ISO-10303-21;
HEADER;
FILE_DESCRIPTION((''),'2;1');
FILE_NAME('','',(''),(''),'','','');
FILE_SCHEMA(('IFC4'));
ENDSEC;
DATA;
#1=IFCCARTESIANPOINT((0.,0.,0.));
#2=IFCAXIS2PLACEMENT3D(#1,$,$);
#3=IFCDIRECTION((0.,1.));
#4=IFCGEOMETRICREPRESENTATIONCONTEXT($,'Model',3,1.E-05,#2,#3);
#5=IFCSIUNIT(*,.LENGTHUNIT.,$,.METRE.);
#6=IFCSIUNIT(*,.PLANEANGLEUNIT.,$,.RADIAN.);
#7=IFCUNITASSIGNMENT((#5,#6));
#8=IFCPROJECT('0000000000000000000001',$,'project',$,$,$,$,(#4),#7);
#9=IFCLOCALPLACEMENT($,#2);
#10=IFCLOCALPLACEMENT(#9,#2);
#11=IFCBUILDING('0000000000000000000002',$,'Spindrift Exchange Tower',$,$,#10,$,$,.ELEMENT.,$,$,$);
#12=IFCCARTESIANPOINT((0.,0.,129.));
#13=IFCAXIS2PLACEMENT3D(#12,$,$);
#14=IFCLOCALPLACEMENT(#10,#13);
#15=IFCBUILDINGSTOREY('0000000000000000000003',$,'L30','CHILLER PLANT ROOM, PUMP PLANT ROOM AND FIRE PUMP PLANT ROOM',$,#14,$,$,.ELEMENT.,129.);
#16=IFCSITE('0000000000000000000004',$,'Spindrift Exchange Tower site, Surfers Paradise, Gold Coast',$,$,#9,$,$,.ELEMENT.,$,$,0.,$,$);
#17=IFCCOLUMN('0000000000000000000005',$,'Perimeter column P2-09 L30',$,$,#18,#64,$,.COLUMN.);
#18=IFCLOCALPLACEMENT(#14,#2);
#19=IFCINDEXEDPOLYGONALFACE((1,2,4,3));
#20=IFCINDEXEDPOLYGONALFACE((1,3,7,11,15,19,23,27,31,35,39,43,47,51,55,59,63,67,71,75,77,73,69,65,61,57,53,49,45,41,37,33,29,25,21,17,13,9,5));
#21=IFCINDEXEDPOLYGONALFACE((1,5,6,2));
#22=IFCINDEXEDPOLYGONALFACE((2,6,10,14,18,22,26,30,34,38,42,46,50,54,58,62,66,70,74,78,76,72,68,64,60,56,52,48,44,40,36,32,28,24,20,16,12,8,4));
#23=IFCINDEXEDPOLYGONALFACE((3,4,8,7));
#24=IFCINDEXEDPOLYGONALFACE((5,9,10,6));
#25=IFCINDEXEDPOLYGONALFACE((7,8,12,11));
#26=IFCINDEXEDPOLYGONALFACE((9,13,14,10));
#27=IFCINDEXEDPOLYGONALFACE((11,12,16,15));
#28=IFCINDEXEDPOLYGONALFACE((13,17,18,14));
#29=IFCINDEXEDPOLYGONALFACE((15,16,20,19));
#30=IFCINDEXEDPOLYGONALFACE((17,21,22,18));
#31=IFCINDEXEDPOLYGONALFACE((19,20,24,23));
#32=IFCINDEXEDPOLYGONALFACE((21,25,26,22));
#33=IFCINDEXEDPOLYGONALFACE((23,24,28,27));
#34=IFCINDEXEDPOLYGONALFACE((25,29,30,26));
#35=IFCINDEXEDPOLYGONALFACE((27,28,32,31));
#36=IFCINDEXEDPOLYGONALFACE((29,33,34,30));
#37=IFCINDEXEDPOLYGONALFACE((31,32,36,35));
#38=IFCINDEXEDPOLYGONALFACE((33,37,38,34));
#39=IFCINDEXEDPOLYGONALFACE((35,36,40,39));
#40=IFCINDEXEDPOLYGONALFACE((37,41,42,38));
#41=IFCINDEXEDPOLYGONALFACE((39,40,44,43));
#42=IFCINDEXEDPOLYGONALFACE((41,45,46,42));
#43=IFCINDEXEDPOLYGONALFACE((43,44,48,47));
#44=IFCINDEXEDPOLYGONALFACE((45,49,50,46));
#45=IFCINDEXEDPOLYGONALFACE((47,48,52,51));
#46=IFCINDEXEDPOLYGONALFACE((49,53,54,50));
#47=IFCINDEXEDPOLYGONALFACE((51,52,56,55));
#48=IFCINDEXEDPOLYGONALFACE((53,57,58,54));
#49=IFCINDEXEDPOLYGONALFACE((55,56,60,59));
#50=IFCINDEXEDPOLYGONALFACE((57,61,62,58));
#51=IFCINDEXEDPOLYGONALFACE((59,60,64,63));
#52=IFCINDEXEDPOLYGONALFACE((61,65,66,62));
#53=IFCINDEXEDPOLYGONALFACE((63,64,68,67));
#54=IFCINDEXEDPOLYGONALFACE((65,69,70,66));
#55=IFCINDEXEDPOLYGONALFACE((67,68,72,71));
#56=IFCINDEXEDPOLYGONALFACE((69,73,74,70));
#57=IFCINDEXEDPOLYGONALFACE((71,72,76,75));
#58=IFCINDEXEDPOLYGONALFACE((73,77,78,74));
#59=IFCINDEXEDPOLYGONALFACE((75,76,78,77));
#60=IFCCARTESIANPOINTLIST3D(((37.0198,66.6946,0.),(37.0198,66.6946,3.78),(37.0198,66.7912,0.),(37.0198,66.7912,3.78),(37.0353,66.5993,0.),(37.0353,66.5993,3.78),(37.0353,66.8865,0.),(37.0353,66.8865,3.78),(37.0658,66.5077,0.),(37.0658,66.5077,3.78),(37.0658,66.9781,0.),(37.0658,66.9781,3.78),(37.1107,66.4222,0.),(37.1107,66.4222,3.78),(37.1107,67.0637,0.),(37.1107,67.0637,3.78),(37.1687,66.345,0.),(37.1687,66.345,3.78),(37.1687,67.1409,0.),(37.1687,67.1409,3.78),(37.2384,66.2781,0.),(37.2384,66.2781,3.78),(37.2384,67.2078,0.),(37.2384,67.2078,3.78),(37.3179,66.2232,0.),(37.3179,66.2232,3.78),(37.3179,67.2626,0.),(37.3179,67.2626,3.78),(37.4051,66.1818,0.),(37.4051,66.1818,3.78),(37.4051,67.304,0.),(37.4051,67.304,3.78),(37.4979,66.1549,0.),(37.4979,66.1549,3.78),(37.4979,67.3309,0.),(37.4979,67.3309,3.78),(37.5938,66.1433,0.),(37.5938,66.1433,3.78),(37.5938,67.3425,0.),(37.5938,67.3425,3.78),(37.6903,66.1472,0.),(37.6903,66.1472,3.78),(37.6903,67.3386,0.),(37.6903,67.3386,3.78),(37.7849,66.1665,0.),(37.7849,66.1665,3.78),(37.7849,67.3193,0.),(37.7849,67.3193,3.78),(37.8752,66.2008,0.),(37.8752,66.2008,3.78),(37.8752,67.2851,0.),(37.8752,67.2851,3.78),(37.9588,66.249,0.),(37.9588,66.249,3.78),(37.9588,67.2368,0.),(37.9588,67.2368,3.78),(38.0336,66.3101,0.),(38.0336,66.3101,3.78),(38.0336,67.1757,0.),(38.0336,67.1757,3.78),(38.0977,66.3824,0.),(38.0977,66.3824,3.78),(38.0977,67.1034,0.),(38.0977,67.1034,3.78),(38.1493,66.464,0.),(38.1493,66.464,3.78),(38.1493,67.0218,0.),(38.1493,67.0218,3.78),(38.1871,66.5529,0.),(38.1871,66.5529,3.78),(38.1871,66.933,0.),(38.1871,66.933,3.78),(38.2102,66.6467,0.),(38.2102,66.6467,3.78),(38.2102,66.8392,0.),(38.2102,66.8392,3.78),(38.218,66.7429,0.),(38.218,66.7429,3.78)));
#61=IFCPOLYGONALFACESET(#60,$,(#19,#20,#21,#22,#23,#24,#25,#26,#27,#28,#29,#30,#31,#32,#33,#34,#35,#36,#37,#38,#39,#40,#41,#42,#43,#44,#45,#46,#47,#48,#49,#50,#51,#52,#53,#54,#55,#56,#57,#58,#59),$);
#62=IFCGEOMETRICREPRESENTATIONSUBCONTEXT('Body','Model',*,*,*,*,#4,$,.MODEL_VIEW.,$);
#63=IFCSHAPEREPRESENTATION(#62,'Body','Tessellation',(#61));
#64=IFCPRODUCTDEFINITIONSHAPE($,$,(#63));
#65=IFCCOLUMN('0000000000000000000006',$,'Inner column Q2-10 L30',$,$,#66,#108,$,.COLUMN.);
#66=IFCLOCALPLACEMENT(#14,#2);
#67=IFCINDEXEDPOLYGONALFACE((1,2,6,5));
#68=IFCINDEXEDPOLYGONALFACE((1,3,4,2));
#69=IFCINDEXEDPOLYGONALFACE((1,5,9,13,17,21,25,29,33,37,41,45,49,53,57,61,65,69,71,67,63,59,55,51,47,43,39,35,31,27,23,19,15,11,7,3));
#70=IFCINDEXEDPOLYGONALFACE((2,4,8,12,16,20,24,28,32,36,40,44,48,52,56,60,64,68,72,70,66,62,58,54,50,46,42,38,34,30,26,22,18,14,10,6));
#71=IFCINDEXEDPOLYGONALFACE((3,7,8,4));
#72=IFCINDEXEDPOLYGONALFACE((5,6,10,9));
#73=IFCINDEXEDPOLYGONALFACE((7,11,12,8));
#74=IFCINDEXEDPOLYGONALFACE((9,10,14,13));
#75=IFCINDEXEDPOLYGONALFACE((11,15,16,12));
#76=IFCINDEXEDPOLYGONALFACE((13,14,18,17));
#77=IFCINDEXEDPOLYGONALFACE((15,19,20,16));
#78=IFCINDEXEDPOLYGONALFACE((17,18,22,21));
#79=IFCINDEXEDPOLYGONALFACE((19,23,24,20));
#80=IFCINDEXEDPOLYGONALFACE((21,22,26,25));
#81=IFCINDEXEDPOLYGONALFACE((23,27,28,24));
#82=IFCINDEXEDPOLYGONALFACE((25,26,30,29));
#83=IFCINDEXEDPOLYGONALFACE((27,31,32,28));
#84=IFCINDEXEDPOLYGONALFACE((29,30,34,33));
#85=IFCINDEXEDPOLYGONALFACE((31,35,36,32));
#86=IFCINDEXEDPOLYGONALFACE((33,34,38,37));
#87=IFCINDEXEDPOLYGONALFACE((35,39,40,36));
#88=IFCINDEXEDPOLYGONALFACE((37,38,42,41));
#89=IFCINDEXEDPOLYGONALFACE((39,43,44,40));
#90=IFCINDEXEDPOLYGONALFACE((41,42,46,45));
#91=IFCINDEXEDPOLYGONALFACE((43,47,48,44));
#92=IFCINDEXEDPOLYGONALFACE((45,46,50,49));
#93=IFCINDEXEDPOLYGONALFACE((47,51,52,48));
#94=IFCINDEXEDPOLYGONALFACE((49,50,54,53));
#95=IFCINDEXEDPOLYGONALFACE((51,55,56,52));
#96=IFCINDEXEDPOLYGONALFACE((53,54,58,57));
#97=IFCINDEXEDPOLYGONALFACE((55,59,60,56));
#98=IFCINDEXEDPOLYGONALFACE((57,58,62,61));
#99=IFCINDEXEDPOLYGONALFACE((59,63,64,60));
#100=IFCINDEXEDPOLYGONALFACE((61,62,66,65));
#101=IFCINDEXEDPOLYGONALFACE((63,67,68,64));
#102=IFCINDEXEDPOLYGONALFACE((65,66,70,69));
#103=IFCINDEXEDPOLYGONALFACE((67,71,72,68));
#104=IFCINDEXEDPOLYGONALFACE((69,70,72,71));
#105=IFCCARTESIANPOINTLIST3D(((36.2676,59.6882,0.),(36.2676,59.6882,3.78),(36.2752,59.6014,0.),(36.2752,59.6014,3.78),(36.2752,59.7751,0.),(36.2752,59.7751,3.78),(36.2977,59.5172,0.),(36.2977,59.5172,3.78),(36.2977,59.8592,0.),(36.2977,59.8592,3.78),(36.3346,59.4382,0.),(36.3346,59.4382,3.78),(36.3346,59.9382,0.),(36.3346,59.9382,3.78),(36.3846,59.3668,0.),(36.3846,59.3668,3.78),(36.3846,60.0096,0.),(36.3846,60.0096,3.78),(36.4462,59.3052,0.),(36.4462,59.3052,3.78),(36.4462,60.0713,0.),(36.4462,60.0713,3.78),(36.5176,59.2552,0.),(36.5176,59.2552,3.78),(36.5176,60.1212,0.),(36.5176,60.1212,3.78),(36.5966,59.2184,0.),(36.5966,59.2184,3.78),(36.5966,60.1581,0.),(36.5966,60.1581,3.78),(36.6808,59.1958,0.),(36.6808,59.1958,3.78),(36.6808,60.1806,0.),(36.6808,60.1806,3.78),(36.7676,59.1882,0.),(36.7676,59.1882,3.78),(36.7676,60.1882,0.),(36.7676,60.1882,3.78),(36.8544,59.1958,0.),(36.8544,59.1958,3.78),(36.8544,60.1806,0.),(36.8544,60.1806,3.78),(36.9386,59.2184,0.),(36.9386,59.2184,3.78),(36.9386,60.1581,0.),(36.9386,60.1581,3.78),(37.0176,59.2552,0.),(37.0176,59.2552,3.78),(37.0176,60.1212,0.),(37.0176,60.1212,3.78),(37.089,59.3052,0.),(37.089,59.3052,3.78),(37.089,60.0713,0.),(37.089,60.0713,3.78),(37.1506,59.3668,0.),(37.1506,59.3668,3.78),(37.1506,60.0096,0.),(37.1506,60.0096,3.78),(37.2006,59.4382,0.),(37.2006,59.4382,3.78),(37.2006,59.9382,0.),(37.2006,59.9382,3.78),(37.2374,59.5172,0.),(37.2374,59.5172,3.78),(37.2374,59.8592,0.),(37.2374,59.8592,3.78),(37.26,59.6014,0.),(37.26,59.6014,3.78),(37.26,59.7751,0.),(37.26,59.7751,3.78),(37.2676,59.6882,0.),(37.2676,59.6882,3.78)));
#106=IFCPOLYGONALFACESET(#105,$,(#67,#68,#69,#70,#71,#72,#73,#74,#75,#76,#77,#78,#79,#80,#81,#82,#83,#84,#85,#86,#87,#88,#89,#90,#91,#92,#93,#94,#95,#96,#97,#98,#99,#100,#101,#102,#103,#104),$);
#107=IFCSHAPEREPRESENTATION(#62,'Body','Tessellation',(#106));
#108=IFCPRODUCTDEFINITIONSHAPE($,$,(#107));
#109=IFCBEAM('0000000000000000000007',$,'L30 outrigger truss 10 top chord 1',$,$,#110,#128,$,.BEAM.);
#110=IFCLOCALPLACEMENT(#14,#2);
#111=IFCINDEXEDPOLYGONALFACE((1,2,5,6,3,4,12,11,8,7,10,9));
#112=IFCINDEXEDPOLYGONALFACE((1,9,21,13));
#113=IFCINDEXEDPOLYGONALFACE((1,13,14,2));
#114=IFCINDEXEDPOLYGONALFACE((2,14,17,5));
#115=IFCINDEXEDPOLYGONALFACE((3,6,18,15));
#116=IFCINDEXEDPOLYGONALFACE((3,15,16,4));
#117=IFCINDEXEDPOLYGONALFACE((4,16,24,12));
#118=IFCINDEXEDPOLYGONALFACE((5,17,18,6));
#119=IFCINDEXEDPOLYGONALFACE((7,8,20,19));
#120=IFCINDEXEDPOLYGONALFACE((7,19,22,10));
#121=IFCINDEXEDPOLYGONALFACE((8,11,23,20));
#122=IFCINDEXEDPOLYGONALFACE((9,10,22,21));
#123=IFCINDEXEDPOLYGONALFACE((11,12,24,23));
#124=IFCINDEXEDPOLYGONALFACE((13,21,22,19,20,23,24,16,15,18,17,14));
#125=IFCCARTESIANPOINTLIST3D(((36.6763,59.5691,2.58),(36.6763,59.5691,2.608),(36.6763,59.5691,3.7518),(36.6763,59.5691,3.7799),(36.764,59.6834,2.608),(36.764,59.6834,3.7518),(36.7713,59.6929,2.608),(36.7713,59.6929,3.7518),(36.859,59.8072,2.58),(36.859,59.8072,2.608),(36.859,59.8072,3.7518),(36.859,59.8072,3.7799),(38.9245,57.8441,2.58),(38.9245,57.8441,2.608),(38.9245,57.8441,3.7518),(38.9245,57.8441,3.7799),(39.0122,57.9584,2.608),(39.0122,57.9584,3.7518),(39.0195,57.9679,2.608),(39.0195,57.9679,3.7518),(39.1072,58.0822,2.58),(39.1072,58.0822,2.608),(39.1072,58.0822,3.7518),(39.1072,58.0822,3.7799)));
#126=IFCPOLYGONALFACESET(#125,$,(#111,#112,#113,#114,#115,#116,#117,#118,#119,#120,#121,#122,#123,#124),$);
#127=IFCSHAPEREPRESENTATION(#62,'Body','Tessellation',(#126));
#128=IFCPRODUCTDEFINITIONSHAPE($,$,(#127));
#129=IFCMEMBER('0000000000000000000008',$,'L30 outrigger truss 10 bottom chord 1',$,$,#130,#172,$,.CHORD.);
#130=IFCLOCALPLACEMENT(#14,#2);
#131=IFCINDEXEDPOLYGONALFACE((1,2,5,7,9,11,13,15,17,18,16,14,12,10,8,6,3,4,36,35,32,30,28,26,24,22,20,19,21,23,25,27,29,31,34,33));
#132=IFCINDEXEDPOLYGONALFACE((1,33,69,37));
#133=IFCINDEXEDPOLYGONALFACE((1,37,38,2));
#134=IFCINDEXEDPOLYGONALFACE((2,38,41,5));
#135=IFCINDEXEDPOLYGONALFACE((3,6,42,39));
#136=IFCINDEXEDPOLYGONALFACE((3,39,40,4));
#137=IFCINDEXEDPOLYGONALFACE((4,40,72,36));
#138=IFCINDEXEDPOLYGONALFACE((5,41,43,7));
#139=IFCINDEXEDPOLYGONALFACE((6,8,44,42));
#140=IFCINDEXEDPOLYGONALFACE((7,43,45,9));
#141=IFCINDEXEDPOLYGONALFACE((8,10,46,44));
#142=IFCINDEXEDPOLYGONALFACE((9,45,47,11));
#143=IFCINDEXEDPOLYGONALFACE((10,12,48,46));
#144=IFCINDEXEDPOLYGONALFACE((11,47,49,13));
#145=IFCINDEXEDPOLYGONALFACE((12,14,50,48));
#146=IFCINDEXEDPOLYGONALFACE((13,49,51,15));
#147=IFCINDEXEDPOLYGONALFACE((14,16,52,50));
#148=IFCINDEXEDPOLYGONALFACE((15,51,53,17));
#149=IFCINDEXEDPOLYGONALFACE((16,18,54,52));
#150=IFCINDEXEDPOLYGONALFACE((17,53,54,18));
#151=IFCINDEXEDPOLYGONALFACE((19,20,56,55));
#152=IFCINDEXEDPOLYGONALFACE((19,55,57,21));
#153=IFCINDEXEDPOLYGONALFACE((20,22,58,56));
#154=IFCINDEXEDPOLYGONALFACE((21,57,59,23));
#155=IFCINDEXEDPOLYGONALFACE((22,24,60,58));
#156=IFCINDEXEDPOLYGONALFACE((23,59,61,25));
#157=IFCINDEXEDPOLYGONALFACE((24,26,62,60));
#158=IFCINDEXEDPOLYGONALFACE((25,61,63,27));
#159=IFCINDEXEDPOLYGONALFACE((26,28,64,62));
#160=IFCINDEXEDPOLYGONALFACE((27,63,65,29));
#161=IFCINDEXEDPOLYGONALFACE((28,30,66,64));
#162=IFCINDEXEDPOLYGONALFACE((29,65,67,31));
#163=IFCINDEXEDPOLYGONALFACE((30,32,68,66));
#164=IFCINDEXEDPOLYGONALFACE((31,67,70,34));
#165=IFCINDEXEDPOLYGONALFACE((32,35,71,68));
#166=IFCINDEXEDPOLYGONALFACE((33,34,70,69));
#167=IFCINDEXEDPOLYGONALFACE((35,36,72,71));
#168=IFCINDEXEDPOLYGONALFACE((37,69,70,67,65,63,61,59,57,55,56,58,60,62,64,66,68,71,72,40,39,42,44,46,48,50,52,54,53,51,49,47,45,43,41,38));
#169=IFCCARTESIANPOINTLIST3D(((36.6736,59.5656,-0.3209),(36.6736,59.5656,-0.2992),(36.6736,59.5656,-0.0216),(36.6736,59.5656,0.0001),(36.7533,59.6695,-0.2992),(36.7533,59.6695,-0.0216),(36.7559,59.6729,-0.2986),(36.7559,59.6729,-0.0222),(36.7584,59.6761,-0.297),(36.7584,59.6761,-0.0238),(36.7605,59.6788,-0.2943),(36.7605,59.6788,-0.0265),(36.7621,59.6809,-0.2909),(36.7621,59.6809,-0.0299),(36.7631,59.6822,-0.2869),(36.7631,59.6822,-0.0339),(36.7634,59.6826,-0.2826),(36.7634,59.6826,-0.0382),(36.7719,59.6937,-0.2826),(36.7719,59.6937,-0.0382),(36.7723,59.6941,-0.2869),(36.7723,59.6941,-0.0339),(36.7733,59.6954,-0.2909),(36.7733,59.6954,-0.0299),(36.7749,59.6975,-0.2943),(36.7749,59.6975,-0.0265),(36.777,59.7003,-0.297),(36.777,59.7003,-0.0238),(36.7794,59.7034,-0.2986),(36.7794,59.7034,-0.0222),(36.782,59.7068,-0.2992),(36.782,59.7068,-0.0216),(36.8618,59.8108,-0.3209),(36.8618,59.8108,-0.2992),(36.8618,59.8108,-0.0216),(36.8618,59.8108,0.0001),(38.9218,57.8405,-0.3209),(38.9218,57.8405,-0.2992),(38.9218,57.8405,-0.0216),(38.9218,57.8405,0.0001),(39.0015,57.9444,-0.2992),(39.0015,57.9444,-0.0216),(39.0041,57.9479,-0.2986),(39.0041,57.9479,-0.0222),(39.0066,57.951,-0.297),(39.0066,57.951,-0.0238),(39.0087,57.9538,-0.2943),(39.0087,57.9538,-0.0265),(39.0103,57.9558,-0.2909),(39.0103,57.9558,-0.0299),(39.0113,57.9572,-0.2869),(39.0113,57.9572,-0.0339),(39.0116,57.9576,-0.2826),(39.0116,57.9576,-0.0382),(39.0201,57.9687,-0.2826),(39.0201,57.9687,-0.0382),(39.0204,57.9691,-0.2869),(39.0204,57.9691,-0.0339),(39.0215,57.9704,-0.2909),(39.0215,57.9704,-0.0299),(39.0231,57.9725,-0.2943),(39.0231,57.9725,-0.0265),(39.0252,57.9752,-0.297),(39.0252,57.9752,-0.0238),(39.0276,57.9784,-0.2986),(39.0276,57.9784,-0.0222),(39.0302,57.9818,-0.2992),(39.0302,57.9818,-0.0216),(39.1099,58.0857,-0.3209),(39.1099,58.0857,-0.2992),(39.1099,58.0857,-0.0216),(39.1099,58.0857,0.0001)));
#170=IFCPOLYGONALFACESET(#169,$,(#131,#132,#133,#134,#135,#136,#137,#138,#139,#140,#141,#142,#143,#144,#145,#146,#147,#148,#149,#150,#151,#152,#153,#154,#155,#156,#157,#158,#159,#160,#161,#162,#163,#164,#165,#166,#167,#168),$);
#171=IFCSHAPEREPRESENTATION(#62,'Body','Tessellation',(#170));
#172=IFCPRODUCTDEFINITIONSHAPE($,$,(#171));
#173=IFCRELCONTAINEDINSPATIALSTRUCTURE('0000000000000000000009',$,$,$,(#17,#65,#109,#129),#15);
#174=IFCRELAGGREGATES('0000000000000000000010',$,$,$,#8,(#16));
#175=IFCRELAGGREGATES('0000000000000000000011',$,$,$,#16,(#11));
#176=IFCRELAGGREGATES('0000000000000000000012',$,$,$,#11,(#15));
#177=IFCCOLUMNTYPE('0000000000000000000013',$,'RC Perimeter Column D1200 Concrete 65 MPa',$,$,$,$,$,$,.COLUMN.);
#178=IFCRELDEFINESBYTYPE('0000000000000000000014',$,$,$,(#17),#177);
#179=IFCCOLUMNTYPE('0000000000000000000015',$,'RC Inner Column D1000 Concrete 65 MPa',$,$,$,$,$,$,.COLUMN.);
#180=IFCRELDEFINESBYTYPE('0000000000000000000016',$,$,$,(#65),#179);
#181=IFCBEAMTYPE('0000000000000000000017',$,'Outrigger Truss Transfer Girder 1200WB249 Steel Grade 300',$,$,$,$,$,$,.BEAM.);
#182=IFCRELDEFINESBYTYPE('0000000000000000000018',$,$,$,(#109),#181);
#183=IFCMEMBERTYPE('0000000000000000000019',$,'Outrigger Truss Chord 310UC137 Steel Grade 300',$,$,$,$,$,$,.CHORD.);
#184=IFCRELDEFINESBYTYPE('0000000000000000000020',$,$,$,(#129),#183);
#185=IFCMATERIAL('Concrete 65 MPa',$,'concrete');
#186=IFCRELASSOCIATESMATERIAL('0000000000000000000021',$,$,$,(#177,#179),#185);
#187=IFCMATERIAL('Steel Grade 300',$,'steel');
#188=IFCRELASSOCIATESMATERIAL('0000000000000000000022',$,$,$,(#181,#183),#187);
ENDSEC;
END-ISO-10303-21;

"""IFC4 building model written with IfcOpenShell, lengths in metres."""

from ifc_helpers import new_model, si_unit, direction, frame, origin, origin_2d, place, context, subcontext, project, spatial, circle, i_section, extrude, source, transform, mapped, material, material_profile, profile_set, type_object, element, save


model = new_model("IFC4")

# Units and contexts
model_context = context("Model", 3, precision=1e-05, world=origin(), true_north=direction((0.0, 1.0)))
body_context = subcontext(model_context, "Body", "Model", "MODEL_VIEW")
ifc_project = project(units=[si_unit("LENGTHUNIT", "METRE"), si_unit("PLANEANGLEUNIT", "RADIAN")], contexts=[model_context])

# Site, building, storey
site_placement = place(None, origin())
site = spatial("IfcSite", under=ifc_project, at=site_placement, Name="Spindrift Exchange Tower site, Surfers Paradise, Gold Coast", CompositionType="ELEMENT", RefElevation=0.0)
building_placement = place(site_placement, origin())
building = spatial("IfcBuilding", under=site, at=building_placement, Name="Spindrift Exchange Tower", CompositionType="ELEMENT")
storey_placement = place(building_placement, frame((0.0, 0.0, 129.0)))
storey = spatial("IfcBuildingStorey", under=building, at=storey_placement, Name="L30", Description="CHILLER PLANT ROOM, PUMP PLANT ROOM AND FIRE PUMP PLANT ROOM", CompositionType="ELEMENT", Elevation=129.0)

# Columns
ifc_material_1 = material(Name="Concrete 65 MPa", Category="concrete")
ifc_material_profile_1 = material_profile(ifc_material_1, circle(Radius=0.6001, at=origin_2d()), Name="RC D1200")
ifc_profile_set_1 = profile_set([ifc_material_profile_1], Name="Concrete 65 MPa")
column_type_1 = type_object("IfcColumnType", Name="RC Perimeter Column D1200 Concrete 65 MPa", PredefinedType="COLUMN", material=ifc_profile_set_1)
shared_shape_1 = source(origin(), body_context, "Body", "SweptSolid", [
    extrude(circle(Radius=0.6001, at=origin_2d()), origin(), (0.0, 0.0, 1.0), 3.78),
])
column_1_placement = place(storey_placement, frame((37.6179, 66.7429, 0.0), z_axis=(0.0, 0.0, 1.0), x_axis=(1.0, 0.0, 0.0)))
element("IfcColumn", 1, at=column_1_placement, inside=storey, type_object=column_type_1, Name="Perimeter column P2-09 L30", PredefinedType="COLUMN", context=body_context, shape_type="MappedRepresentation", body=[
    mapped(shared_shape_1, transform((0.0, 0.0, 0.0), scale=1.0)),
])
ifc_material_profile_2 = material_profile(ifc_material_1, circle(Radius=0.5, at=origin_2d()), Name="RC D1000")
ifc_profile_set_2 = profile_set([ifc_material_profile_2], Name="Concrete 65 MPa")
column_type_2 = type_object("IfcColumnType", Name="RC Inner Column D1000 Concrete 65 MPa", PredefinedType="COLUMN", material=ifc_profile_set_2)
shared_shape_2 = source(origin(), body_context, "Body", "SweptSolid", [
    extrude(circle(Radius=0.5, at=origin_2d()), origin(), (0.0, 0.0, 1.0), 3.78),
])
column_2_placement = place(storey_placement, frame((36.7676, 59.6882, 0.0), z_axis=(0.0, 0.0, 1.0), x_axis=(1.0, 0.0, 0.0)))
element("IfcColumn", 2, at=column_2_placement, inside=storey, type_object=column_type_2, Name="Inner column Q2-10 L30", PredefinedType="COLUMN", context=body_context, shape_type="MappedRepresentation", body=[
    mapped(shared_shape_2, transform((0.0, 0.0, 0.0), scale=1.0)),
])

# Beam
ifc_material_2 = material(Name="Steel Grade 300", Category="steel")
ifc_material_profile_3 = material_profile(ifc_material_2, i_section(OverallWidth=0.3, OverallDepth=1.2, WebThickness=0.012, FlangeThickness=0.0281, at=origin_2d()), Name="1200WB249")
ifc_profile_set_3 = profile_set([ifc_material_profile_3], Name="Steel Grade 300")
beam_type_1 = type_object("IfcBeamType", Name="Outrigger Truss Transfer Girder 1200WB249 Steel Grade 300", PredefinedType="BEAM", material=ifc_profile_set_3)
shared_shape_3 = source(origin(), body_context, "Body", "SweptSolid", [
    extrude(i_section(OverallWidth=0.3, OverallDepth=1.2, WebThickness=0.012, FlangeThickness=0.0281, at=origin_2d()), origin(), (0.0, 0.0, 1.0), 2.8337),
])
beam_1_placement = place(storey_placement, frame((39.0159, 57.9631, 3.1799), z_axis=(-0.793366, 0.608744, 0.0), x_axis=(-0.608744, -0.793366, 0.0)))
element("IfcBeam", 3, at=beam_1_placement, inside=storey, type_object=beam_type_1, Name="L30 outrigger truss 10 top chord 1", PredefinedType="BEAM", context=body_context, shape_type="MappedRepresentation", body=[
    mapped(shared_shape_3, transform((0.0, 0.0, 0.0), scale=1.0)),
])

# Member
ifc_material_profile_4 = material_profile(ifc_material_2, i_section(OverallWidth=0.3091, OverallDepth=0.321, WebThickness=0.0139, FlangeThickness=0.0217, FilletRadius=0.0166, at=origin_2d()), Name="310UC137")
ifc_profile_set_4 = profile_set([ifc_material_profile_4], Name="Steel Grade 300")
member_type_1 = type_object("IfcMemberType", Name="Outrigger Truss Chord 310UC137 Steel Grade 300", PredefinedType="CHORD", material=ifc_profile_set_4)
shared_shape_4 = source(origin(), body_context, "Body", "SweptSolid", [
    extrude(i_section(OverallWidth=0.3091, OverallDepth=0.321, WebThickness=0.0139, FlangeThickness=0.0217, FilletRadius=0.0166, at=origin_2d()), origin(), (0.0, 0.0, 1.0), 2.8337),
])
member_1_placement = place(storey_placement, frame((39.0159, 57.9631, -0.1604), z_axis=(-0.793366, 0.608744, 0.0), x_axis=(-0.608744, -0.793366, 0.0)))
element("IfcMember", 4, at=member_1_placement, inside=storey, type_object=member_type_1, Name="L30 outrigger truss 10 bottom chord 1", PredefinedType="CHORD", context=body_context, shape_type="MappedRepresentation", body=[
    mapped(shared_shape_4, transform((0.0, 0.0, 0.0), scale=1.0)),
])

save(model, "model.ifc")
